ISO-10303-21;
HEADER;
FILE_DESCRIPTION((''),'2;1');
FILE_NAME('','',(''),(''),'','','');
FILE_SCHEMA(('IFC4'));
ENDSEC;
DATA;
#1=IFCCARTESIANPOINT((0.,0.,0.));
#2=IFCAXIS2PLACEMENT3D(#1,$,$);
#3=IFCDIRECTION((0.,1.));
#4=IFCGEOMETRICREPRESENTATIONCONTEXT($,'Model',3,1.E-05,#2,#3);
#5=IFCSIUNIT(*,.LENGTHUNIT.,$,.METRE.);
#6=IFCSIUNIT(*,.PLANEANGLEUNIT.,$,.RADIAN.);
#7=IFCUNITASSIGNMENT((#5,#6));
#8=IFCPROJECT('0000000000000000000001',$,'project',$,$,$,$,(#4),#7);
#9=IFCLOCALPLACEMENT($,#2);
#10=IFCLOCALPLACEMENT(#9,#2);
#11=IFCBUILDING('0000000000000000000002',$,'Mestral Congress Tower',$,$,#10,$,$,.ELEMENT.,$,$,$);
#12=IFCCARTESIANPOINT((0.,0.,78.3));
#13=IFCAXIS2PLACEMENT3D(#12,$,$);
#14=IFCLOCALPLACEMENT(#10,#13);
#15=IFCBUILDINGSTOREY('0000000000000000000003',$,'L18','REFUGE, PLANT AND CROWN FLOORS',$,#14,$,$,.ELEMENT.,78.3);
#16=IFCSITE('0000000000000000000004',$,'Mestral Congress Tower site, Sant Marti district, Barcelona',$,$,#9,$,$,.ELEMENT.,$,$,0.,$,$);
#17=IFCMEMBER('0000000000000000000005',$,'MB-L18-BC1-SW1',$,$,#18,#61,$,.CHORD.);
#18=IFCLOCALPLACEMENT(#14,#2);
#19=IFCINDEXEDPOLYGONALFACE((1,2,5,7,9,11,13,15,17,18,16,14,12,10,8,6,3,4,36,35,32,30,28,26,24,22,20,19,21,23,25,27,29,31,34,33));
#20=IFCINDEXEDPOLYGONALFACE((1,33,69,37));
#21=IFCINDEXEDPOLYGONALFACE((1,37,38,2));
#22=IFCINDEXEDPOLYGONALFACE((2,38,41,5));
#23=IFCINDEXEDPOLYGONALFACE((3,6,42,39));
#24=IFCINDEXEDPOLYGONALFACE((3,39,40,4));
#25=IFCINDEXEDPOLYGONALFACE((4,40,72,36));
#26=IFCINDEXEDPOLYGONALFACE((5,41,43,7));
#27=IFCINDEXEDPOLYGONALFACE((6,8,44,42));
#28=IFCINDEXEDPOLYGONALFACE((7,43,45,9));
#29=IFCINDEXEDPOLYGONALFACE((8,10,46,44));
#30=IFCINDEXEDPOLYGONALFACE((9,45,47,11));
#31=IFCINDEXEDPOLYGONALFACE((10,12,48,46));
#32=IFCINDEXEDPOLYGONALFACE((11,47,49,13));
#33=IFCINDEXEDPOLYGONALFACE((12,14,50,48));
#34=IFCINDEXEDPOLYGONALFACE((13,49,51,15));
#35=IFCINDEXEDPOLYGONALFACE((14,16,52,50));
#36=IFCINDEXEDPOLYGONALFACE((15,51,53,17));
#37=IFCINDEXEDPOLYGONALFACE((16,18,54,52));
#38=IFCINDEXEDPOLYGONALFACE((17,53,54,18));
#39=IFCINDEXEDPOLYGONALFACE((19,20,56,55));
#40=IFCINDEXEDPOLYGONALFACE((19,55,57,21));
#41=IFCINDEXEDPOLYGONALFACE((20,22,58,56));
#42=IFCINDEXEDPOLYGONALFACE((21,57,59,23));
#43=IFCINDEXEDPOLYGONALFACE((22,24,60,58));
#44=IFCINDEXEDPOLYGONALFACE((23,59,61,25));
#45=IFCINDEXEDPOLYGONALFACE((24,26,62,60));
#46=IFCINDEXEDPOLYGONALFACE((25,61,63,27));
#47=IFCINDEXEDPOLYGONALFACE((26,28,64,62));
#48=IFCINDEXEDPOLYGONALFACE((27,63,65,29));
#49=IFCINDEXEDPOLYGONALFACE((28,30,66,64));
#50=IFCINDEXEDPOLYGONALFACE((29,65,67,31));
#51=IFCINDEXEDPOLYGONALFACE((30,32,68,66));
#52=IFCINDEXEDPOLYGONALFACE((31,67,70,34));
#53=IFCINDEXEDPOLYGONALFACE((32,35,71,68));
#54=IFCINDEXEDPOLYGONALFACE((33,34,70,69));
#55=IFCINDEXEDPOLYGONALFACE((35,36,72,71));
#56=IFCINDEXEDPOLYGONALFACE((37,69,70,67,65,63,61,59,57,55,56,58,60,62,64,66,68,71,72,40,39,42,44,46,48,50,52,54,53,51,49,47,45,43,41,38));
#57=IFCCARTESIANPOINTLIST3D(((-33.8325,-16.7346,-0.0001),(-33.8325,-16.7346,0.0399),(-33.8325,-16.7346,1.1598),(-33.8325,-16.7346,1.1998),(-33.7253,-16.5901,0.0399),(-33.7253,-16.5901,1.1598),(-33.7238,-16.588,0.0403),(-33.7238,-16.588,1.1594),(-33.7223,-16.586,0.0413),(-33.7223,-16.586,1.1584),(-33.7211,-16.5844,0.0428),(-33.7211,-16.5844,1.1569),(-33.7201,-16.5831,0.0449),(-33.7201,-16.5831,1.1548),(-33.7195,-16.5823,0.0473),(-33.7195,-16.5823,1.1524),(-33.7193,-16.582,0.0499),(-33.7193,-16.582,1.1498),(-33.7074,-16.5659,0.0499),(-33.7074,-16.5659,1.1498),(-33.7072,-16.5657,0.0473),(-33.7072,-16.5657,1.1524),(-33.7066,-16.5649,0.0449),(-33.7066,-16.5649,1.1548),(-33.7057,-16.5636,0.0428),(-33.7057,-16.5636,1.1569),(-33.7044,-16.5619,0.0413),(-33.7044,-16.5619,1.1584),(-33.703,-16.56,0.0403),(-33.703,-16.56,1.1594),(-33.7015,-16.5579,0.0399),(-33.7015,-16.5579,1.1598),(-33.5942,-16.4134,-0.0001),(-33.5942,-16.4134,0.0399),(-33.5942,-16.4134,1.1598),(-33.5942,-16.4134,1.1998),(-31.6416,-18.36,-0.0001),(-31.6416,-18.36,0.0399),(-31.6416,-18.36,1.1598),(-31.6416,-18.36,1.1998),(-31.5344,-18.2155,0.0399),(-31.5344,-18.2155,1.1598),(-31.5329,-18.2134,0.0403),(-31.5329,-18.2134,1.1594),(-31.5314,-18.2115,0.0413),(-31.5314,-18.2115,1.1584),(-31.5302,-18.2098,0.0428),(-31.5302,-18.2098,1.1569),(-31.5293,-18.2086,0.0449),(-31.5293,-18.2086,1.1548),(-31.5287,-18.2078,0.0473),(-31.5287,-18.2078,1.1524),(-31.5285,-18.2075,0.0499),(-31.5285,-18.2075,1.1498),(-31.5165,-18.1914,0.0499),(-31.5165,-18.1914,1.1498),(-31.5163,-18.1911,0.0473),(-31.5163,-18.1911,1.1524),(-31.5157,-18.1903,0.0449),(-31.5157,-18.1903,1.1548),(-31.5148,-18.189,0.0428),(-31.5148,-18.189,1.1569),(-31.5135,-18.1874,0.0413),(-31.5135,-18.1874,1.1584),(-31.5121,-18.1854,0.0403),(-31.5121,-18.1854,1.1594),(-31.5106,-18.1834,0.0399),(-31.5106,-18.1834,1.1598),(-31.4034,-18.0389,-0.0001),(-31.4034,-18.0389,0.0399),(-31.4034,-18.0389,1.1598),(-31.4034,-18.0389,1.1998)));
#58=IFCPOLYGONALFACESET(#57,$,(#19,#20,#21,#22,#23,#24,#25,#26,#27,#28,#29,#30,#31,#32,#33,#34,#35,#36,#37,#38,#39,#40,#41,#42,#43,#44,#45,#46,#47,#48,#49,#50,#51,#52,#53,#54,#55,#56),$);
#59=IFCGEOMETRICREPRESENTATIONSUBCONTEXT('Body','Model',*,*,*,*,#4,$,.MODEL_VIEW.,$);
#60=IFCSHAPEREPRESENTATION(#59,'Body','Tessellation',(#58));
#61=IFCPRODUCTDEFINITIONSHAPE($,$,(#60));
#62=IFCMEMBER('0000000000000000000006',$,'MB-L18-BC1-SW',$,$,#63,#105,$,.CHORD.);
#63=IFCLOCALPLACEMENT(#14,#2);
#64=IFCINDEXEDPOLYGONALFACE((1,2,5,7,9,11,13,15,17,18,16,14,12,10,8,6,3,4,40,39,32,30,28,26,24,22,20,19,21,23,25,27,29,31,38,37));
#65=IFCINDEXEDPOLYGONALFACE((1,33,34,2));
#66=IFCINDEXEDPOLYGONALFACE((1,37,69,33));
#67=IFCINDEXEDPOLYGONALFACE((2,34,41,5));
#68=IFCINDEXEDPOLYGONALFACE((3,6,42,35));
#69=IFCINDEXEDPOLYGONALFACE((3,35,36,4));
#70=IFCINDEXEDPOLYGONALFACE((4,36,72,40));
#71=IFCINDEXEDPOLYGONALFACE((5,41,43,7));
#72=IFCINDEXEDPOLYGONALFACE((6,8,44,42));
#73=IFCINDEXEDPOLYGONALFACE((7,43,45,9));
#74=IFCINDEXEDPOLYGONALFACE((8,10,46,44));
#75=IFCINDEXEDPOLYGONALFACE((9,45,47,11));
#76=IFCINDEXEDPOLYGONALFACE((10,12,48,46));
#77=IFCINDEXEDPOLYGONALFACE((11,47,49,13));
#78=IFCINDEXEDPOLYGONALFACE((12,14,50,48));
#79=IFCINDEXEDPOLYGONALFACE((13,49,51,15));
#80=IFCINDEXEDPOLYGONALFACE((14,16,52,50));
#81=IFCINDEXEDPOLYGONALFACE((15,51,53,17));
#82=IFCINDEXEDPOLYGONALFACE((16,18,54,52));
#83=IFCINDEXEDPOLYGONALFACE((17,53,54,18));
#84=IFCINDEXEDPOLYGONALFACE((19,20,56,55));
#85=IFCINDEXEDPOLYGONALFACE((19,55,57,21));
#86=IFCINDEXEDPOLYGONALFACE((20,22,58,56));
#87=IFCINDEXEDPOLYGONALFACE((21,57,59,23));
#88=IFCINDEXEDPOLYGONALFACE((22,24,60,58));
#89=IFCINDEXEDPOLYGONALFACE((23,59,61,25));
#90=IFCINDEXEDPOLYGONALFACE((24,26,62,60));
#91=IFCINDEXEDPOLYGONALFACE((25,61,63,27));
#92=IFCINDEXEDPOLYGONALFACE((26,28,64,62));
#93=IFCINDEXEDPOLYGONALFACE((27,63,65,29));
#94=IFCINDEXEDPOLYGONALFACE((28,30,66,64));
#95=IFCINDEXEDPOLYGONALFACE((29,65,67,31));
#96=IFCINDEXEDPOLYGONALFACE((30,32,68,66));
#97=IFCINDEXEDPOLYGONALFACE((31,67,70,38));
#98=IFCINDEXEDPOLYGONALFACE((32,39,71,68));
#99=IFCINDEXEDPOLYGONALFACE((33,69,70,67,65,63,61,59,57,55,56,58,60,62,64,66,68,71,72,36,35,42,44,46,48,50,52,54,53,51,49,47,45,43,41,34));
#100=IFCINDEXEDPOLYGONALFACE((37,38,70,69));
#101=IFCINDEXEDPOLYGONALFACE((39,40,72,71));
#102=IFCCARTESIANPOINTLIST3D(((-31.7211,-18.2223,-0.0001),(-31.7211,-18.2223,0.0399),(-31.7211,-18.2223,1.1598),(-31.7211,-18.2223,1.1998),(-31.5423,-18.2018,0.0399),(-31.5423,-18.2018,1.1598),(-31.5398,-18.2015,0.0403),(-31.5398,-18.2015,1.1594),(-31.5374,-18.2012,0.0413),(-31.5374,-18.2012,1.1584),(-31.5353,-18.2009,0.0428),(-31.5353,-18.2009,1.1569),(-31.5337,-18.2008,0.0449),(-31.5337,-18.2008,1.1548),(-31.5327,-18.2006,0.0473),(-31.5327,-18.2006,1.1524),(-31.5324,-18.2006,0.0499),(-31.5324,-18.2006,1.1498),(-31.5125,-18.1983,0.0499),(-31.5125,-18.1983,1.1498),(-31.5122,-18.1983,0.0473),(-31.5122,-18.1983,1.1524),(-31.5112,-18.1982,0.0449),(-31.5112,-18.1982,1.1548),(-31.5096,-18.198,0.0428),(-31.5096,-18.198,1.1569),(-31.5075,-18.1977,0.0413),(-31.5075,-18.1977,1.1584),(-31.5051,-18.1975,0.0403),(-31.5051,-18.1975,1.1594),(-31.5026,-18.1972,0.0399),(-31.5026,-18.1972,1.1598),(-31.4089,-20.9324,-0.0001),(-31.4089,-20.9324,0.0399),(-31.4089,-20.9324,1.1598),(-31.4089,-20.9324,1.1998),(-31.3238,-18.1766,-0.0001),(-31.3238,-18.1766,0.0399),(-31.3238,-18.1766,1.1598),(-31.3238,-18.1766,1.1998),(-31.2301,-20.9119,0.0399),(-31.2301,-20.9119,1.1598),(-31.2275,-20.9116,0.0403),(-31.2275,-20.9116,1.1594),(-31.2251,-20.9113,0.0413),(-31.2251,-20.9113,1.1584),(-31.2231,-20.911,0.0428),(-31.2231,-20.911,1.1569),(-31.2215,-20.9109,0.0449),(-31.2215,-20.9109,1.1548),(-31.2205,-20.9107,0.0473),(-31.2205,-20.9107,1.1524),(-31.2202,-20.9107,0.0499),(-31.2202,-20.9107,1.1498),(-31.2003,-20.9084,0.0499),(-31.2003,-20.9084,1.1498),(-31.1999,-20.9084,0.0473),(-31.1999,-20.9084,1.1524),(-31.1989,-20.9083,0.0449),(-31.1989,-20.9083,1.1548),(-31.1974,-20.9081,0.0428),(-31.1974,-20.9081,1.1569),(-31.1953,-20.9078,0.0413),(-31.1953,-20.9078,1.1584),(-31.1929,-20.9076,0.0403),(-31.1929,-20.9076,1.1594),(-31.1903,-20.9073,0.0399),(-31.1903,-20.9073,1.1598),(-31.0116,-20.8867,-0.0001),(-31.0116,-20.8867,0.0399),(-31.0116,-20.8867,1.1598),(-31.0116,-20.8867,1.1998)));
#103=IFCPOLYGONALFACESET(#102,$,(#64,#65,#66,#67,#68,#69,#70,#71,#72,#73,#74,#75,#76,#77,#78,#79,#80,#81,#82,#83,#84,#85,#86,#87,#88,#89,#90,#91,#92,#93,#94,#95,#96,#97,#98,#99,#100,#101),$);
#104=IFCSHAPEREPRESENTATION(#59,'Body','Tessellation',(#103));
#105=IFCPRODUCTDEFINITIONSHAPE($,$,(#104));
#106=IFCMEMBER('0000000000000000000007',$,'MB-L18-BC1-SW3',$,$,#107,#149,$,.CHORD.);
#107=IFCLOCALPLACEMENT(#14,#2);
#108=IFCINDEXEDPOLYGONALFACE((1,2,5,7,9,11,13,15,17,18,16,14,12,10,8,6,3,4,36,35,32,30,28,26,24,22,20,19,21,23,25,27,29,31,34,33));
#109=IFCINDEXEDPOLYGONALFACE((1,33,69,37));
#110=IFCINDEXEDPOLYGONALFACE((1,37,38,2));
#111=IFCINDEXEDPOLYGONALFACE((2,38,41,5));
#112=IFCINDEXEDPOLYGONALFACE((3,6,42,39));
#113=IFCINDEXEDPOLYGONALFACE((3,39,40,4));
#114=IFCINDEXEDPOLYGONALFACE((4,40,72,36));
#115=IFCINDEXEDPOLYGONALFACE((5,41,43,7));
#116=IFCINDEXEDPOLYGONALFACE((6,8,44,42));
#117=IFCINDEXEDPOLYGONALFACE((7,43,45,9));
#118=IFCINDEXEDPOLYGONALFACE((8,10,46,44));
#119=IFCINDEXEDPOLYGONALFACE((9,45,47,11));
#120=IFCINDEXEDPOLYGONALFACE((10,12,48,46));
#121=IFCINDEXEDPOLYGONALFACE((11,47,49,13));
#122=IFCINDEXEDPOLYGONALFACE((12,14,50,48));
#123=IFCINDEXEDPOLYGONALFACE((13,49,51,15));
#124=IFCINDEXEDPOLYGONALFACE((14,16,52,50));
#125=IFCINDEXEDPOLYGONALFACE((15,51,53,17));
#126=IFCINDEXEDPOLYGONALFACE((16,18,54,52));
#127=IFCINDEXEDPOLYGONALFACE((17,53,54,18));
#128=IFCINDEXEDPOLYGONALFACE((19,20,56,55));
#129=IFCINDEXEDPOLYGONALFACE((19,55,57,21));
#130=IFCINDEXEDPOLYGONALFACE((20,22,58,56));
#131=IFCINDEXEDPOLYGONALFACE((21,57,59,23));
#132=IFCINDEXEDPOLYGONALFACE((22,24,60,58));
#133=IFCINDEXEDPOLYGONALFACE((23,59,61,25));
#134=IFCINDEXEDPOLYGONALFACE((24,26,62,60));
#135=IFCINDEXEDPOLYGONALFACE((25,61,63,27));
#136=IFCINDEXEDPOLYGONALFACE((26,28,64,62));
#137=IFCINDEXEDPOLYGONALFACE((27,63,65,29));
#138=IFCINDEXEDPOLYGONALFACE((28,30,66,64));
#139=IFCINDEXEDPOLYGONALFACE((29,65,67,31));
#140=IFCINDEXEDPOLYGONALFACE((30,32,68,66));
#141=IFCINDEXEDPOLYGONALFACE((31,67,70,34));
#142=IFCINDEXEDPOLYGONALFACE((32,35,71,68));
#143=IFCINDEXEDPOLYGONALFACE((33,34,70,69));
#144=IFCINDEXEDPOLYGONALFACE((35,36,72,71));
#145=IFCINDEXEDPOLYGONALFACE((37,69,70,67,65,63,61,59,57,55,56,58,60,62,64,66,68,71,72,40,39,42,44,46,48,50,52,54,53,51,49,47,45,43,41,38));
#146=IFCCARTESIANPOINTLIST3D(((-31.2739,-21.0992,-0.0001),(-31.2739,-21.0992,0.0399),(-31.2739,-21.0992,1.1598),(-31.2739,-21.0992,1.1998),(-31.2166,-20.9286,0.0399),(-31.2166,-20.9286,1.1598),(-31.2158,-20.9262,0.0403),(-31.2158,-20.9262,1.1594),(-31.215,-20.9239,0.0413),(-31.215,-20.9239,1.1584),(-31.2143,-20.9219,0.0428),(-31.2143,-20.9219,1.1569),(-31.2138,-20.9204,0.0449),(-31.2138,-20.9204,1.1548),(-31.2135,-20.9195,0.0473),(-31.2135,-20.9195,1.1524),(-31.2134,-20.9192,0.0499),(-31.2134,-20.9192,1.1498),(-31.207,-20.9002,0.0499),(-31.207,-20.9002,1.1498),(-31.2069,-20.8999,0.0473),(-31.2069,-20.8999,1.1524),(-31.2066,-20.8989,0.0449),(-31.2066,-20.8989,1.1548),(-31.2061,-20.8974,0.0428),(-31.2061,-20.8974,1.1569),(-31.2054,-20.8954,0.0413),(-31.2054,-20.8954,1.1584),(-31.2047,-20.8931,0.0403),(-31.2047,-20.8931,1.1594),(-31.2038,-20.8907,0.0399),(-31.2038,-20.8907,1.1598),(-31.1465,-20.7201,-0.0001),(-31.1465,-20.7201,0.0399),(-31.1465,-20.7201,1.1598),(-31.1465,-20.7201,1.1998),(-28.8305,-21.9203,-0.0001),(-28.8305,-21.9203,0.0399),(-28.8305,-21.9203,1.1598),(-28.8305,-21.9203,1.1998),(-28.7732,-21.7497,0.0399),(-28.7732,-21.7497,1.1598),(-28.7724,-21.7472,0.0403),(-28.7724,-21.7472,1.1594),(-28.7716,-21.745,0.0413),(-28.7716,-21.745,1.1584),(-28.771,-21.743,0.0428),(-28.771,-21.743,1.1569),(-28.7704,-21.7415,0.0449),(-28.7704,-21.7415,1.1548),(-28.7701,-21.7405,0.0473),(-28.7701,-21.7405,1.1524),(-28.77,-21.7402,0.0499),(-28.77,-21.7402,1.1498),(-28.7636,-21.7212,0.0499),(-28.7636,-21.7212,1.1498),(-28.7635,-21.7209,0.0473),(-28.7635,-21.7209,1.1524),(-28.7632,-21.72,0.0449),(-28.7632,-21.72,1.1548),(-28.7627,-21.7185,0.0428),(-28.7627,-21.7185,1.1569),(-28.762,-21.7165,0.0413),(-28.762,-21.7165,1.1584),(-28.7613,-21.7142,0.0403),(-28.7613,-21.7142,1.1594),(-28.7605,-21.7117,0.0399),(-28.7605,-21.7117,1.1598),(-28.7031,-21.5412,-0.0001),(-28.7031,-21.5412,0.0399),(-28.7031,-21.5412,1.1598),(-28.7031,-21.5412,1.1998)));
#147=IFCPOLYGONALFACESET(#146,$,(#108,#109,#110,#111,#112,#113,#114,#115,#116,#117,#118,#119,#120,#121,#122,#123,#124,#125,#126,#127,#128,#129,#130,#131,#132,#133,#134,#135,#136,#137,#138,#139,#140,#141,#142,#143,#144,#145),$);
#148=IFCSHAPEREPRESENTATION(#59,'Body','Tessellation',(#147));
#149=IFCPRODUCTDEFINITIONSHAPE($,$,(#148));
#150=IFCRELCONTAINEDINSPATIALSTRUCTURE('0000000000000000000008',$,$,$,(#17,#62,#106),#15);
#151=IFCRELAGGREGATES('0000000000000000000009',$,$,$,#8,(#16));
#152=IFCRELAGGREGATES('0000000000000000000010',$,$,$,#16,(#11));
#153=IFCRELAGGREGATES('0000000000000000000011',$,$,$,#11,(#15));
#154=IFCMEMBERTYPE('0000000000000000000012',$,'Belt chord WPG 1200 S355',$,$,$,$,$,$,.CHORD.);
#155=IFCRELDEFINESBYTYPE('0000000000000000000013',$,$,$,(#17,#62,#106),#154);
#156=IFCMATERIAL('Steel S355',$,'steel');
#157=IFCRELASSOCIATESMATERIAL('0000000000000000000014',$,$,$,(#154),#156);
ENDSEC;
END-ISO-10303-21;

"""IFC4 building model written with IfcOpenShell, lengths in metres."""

from ifc_helpers import new_model, si_unit, direction, frame, origin, origin_2d, place, context, subcontext, project, spatial, i_section, extrude, material, material_profile, profile_set, type_object, element, save


model = new_model("IFC4")

# Units and contexts
model_context = context("Model", 3, precision=1e-05, world=origin(), true_north=direction((0.0, 1.0)))
body_context = subcontext(model_context, "Body", "Model", "MODEL_VIEW")
ifc_project = project(units=[si_unit("LENGTHUNIT", "METRE"), si_unit("PLANEANGLEUNIT", "RADIAN")], contexts=[model_context])

# Site, building, storey
site_placement = place(None, origin())
site = spatial("IfcSite", under=ifc_project, at=site_placement, Name="Mestral Congress Tower site, Sant Marti district, Barcelona", CompositionType="ELEMENT", RefElevation=0.0)
building_placement = place(site_placement, origin())
building = spatial("IfcBuilding", under=site, at=building_placement, Name="Mestral Congress Tower", CompositionType="ELEMENT")
storey_placement = place(building_placement, frame((0.0, 0.0, 78.3)))
storey = spatial("IfcBuildingStorey", under=building, at=storey_placement, Name="L18", Description="REFUGE, PLANT AND CROWN FLOORS", CompositionType="ELEMENT", Elevation=78.3)

# Members
ifc_material_1 = material(Name="Steel S355", Category="steel")
ifc_material_profile_1 = material_profile(ifc_material_1, i_section(OverallWidth=0.3999, OverallDepth=1.2, WebThickness=0.02, FlangeThickness=0.04, FilletRadius=0.01, at=origin_2d()), Name="WPG 1200")
ifc_profile_set_1 = profile_set([ifc_material_profile_1], Name="Steel S355")
member_type_1 = type_object("IfcMemberType", Name="Belt chord WPG 1200 S355", PredefinedType="CHORD", material=ifc_profile_set_1)
for number, where, z_axis, x_axis, name in (
    (1, (-33.7134, -16.574, 0.5999), (0.803104, -0.595839, 0.0), (0.595839, 0.803104, 0.0), "MB-L18-BC1-SW1"),
    (2, (-31.5225, -18.1995, 0.5999), (0.114458, -0.993428, 0.0), (0.993428, 0.114458, 0.0), "MB-L18-BC1-SW"),
):
    element("IfcMember", number, at=place(storey_placement, frame(where, z_axis=z_axis, x_axis=x_axis)), inside=storey, type_object=member_type_1, Name=name, PredefinedType="CHORD", context=body_context, shape_type="SweptSolid", body=[
        extrude(i_section(OverallWidth=0.3999, OverallDepth=1.2, WebThickness=0.02, FlangeThickness=0.04, FilletRadius=0.01, at=origin_2d()), origin(), (0.0, 0.0, 1.0), 2.728),
    ])
member_1_placement = place(storey_placement, frame((-31.2102, -20.9097, 0.5999), z_axis=(0.947913, -0.318528, 0.0), x_axis=(0.318528, 0.947913, 0.0)))
element("IfcMember", 3, at=member_1_placement, inside=storey, type_object=member_type_1, Name="MB-L18-BC1-SW3", PredefinedType="CHORD", context=body_context, shape_type="SweptSolid", body=[
    extrude(i_section(OverallWidth=0.3999, OverallDepth=1.2, WebThickness=0.02, FlangeThickness=0.04, FilletRadius=0.01, at=origin_2d()), origin(), (0.0, 0.0, 1.0), 2.5776),
])

save(model, "model.ifc")
